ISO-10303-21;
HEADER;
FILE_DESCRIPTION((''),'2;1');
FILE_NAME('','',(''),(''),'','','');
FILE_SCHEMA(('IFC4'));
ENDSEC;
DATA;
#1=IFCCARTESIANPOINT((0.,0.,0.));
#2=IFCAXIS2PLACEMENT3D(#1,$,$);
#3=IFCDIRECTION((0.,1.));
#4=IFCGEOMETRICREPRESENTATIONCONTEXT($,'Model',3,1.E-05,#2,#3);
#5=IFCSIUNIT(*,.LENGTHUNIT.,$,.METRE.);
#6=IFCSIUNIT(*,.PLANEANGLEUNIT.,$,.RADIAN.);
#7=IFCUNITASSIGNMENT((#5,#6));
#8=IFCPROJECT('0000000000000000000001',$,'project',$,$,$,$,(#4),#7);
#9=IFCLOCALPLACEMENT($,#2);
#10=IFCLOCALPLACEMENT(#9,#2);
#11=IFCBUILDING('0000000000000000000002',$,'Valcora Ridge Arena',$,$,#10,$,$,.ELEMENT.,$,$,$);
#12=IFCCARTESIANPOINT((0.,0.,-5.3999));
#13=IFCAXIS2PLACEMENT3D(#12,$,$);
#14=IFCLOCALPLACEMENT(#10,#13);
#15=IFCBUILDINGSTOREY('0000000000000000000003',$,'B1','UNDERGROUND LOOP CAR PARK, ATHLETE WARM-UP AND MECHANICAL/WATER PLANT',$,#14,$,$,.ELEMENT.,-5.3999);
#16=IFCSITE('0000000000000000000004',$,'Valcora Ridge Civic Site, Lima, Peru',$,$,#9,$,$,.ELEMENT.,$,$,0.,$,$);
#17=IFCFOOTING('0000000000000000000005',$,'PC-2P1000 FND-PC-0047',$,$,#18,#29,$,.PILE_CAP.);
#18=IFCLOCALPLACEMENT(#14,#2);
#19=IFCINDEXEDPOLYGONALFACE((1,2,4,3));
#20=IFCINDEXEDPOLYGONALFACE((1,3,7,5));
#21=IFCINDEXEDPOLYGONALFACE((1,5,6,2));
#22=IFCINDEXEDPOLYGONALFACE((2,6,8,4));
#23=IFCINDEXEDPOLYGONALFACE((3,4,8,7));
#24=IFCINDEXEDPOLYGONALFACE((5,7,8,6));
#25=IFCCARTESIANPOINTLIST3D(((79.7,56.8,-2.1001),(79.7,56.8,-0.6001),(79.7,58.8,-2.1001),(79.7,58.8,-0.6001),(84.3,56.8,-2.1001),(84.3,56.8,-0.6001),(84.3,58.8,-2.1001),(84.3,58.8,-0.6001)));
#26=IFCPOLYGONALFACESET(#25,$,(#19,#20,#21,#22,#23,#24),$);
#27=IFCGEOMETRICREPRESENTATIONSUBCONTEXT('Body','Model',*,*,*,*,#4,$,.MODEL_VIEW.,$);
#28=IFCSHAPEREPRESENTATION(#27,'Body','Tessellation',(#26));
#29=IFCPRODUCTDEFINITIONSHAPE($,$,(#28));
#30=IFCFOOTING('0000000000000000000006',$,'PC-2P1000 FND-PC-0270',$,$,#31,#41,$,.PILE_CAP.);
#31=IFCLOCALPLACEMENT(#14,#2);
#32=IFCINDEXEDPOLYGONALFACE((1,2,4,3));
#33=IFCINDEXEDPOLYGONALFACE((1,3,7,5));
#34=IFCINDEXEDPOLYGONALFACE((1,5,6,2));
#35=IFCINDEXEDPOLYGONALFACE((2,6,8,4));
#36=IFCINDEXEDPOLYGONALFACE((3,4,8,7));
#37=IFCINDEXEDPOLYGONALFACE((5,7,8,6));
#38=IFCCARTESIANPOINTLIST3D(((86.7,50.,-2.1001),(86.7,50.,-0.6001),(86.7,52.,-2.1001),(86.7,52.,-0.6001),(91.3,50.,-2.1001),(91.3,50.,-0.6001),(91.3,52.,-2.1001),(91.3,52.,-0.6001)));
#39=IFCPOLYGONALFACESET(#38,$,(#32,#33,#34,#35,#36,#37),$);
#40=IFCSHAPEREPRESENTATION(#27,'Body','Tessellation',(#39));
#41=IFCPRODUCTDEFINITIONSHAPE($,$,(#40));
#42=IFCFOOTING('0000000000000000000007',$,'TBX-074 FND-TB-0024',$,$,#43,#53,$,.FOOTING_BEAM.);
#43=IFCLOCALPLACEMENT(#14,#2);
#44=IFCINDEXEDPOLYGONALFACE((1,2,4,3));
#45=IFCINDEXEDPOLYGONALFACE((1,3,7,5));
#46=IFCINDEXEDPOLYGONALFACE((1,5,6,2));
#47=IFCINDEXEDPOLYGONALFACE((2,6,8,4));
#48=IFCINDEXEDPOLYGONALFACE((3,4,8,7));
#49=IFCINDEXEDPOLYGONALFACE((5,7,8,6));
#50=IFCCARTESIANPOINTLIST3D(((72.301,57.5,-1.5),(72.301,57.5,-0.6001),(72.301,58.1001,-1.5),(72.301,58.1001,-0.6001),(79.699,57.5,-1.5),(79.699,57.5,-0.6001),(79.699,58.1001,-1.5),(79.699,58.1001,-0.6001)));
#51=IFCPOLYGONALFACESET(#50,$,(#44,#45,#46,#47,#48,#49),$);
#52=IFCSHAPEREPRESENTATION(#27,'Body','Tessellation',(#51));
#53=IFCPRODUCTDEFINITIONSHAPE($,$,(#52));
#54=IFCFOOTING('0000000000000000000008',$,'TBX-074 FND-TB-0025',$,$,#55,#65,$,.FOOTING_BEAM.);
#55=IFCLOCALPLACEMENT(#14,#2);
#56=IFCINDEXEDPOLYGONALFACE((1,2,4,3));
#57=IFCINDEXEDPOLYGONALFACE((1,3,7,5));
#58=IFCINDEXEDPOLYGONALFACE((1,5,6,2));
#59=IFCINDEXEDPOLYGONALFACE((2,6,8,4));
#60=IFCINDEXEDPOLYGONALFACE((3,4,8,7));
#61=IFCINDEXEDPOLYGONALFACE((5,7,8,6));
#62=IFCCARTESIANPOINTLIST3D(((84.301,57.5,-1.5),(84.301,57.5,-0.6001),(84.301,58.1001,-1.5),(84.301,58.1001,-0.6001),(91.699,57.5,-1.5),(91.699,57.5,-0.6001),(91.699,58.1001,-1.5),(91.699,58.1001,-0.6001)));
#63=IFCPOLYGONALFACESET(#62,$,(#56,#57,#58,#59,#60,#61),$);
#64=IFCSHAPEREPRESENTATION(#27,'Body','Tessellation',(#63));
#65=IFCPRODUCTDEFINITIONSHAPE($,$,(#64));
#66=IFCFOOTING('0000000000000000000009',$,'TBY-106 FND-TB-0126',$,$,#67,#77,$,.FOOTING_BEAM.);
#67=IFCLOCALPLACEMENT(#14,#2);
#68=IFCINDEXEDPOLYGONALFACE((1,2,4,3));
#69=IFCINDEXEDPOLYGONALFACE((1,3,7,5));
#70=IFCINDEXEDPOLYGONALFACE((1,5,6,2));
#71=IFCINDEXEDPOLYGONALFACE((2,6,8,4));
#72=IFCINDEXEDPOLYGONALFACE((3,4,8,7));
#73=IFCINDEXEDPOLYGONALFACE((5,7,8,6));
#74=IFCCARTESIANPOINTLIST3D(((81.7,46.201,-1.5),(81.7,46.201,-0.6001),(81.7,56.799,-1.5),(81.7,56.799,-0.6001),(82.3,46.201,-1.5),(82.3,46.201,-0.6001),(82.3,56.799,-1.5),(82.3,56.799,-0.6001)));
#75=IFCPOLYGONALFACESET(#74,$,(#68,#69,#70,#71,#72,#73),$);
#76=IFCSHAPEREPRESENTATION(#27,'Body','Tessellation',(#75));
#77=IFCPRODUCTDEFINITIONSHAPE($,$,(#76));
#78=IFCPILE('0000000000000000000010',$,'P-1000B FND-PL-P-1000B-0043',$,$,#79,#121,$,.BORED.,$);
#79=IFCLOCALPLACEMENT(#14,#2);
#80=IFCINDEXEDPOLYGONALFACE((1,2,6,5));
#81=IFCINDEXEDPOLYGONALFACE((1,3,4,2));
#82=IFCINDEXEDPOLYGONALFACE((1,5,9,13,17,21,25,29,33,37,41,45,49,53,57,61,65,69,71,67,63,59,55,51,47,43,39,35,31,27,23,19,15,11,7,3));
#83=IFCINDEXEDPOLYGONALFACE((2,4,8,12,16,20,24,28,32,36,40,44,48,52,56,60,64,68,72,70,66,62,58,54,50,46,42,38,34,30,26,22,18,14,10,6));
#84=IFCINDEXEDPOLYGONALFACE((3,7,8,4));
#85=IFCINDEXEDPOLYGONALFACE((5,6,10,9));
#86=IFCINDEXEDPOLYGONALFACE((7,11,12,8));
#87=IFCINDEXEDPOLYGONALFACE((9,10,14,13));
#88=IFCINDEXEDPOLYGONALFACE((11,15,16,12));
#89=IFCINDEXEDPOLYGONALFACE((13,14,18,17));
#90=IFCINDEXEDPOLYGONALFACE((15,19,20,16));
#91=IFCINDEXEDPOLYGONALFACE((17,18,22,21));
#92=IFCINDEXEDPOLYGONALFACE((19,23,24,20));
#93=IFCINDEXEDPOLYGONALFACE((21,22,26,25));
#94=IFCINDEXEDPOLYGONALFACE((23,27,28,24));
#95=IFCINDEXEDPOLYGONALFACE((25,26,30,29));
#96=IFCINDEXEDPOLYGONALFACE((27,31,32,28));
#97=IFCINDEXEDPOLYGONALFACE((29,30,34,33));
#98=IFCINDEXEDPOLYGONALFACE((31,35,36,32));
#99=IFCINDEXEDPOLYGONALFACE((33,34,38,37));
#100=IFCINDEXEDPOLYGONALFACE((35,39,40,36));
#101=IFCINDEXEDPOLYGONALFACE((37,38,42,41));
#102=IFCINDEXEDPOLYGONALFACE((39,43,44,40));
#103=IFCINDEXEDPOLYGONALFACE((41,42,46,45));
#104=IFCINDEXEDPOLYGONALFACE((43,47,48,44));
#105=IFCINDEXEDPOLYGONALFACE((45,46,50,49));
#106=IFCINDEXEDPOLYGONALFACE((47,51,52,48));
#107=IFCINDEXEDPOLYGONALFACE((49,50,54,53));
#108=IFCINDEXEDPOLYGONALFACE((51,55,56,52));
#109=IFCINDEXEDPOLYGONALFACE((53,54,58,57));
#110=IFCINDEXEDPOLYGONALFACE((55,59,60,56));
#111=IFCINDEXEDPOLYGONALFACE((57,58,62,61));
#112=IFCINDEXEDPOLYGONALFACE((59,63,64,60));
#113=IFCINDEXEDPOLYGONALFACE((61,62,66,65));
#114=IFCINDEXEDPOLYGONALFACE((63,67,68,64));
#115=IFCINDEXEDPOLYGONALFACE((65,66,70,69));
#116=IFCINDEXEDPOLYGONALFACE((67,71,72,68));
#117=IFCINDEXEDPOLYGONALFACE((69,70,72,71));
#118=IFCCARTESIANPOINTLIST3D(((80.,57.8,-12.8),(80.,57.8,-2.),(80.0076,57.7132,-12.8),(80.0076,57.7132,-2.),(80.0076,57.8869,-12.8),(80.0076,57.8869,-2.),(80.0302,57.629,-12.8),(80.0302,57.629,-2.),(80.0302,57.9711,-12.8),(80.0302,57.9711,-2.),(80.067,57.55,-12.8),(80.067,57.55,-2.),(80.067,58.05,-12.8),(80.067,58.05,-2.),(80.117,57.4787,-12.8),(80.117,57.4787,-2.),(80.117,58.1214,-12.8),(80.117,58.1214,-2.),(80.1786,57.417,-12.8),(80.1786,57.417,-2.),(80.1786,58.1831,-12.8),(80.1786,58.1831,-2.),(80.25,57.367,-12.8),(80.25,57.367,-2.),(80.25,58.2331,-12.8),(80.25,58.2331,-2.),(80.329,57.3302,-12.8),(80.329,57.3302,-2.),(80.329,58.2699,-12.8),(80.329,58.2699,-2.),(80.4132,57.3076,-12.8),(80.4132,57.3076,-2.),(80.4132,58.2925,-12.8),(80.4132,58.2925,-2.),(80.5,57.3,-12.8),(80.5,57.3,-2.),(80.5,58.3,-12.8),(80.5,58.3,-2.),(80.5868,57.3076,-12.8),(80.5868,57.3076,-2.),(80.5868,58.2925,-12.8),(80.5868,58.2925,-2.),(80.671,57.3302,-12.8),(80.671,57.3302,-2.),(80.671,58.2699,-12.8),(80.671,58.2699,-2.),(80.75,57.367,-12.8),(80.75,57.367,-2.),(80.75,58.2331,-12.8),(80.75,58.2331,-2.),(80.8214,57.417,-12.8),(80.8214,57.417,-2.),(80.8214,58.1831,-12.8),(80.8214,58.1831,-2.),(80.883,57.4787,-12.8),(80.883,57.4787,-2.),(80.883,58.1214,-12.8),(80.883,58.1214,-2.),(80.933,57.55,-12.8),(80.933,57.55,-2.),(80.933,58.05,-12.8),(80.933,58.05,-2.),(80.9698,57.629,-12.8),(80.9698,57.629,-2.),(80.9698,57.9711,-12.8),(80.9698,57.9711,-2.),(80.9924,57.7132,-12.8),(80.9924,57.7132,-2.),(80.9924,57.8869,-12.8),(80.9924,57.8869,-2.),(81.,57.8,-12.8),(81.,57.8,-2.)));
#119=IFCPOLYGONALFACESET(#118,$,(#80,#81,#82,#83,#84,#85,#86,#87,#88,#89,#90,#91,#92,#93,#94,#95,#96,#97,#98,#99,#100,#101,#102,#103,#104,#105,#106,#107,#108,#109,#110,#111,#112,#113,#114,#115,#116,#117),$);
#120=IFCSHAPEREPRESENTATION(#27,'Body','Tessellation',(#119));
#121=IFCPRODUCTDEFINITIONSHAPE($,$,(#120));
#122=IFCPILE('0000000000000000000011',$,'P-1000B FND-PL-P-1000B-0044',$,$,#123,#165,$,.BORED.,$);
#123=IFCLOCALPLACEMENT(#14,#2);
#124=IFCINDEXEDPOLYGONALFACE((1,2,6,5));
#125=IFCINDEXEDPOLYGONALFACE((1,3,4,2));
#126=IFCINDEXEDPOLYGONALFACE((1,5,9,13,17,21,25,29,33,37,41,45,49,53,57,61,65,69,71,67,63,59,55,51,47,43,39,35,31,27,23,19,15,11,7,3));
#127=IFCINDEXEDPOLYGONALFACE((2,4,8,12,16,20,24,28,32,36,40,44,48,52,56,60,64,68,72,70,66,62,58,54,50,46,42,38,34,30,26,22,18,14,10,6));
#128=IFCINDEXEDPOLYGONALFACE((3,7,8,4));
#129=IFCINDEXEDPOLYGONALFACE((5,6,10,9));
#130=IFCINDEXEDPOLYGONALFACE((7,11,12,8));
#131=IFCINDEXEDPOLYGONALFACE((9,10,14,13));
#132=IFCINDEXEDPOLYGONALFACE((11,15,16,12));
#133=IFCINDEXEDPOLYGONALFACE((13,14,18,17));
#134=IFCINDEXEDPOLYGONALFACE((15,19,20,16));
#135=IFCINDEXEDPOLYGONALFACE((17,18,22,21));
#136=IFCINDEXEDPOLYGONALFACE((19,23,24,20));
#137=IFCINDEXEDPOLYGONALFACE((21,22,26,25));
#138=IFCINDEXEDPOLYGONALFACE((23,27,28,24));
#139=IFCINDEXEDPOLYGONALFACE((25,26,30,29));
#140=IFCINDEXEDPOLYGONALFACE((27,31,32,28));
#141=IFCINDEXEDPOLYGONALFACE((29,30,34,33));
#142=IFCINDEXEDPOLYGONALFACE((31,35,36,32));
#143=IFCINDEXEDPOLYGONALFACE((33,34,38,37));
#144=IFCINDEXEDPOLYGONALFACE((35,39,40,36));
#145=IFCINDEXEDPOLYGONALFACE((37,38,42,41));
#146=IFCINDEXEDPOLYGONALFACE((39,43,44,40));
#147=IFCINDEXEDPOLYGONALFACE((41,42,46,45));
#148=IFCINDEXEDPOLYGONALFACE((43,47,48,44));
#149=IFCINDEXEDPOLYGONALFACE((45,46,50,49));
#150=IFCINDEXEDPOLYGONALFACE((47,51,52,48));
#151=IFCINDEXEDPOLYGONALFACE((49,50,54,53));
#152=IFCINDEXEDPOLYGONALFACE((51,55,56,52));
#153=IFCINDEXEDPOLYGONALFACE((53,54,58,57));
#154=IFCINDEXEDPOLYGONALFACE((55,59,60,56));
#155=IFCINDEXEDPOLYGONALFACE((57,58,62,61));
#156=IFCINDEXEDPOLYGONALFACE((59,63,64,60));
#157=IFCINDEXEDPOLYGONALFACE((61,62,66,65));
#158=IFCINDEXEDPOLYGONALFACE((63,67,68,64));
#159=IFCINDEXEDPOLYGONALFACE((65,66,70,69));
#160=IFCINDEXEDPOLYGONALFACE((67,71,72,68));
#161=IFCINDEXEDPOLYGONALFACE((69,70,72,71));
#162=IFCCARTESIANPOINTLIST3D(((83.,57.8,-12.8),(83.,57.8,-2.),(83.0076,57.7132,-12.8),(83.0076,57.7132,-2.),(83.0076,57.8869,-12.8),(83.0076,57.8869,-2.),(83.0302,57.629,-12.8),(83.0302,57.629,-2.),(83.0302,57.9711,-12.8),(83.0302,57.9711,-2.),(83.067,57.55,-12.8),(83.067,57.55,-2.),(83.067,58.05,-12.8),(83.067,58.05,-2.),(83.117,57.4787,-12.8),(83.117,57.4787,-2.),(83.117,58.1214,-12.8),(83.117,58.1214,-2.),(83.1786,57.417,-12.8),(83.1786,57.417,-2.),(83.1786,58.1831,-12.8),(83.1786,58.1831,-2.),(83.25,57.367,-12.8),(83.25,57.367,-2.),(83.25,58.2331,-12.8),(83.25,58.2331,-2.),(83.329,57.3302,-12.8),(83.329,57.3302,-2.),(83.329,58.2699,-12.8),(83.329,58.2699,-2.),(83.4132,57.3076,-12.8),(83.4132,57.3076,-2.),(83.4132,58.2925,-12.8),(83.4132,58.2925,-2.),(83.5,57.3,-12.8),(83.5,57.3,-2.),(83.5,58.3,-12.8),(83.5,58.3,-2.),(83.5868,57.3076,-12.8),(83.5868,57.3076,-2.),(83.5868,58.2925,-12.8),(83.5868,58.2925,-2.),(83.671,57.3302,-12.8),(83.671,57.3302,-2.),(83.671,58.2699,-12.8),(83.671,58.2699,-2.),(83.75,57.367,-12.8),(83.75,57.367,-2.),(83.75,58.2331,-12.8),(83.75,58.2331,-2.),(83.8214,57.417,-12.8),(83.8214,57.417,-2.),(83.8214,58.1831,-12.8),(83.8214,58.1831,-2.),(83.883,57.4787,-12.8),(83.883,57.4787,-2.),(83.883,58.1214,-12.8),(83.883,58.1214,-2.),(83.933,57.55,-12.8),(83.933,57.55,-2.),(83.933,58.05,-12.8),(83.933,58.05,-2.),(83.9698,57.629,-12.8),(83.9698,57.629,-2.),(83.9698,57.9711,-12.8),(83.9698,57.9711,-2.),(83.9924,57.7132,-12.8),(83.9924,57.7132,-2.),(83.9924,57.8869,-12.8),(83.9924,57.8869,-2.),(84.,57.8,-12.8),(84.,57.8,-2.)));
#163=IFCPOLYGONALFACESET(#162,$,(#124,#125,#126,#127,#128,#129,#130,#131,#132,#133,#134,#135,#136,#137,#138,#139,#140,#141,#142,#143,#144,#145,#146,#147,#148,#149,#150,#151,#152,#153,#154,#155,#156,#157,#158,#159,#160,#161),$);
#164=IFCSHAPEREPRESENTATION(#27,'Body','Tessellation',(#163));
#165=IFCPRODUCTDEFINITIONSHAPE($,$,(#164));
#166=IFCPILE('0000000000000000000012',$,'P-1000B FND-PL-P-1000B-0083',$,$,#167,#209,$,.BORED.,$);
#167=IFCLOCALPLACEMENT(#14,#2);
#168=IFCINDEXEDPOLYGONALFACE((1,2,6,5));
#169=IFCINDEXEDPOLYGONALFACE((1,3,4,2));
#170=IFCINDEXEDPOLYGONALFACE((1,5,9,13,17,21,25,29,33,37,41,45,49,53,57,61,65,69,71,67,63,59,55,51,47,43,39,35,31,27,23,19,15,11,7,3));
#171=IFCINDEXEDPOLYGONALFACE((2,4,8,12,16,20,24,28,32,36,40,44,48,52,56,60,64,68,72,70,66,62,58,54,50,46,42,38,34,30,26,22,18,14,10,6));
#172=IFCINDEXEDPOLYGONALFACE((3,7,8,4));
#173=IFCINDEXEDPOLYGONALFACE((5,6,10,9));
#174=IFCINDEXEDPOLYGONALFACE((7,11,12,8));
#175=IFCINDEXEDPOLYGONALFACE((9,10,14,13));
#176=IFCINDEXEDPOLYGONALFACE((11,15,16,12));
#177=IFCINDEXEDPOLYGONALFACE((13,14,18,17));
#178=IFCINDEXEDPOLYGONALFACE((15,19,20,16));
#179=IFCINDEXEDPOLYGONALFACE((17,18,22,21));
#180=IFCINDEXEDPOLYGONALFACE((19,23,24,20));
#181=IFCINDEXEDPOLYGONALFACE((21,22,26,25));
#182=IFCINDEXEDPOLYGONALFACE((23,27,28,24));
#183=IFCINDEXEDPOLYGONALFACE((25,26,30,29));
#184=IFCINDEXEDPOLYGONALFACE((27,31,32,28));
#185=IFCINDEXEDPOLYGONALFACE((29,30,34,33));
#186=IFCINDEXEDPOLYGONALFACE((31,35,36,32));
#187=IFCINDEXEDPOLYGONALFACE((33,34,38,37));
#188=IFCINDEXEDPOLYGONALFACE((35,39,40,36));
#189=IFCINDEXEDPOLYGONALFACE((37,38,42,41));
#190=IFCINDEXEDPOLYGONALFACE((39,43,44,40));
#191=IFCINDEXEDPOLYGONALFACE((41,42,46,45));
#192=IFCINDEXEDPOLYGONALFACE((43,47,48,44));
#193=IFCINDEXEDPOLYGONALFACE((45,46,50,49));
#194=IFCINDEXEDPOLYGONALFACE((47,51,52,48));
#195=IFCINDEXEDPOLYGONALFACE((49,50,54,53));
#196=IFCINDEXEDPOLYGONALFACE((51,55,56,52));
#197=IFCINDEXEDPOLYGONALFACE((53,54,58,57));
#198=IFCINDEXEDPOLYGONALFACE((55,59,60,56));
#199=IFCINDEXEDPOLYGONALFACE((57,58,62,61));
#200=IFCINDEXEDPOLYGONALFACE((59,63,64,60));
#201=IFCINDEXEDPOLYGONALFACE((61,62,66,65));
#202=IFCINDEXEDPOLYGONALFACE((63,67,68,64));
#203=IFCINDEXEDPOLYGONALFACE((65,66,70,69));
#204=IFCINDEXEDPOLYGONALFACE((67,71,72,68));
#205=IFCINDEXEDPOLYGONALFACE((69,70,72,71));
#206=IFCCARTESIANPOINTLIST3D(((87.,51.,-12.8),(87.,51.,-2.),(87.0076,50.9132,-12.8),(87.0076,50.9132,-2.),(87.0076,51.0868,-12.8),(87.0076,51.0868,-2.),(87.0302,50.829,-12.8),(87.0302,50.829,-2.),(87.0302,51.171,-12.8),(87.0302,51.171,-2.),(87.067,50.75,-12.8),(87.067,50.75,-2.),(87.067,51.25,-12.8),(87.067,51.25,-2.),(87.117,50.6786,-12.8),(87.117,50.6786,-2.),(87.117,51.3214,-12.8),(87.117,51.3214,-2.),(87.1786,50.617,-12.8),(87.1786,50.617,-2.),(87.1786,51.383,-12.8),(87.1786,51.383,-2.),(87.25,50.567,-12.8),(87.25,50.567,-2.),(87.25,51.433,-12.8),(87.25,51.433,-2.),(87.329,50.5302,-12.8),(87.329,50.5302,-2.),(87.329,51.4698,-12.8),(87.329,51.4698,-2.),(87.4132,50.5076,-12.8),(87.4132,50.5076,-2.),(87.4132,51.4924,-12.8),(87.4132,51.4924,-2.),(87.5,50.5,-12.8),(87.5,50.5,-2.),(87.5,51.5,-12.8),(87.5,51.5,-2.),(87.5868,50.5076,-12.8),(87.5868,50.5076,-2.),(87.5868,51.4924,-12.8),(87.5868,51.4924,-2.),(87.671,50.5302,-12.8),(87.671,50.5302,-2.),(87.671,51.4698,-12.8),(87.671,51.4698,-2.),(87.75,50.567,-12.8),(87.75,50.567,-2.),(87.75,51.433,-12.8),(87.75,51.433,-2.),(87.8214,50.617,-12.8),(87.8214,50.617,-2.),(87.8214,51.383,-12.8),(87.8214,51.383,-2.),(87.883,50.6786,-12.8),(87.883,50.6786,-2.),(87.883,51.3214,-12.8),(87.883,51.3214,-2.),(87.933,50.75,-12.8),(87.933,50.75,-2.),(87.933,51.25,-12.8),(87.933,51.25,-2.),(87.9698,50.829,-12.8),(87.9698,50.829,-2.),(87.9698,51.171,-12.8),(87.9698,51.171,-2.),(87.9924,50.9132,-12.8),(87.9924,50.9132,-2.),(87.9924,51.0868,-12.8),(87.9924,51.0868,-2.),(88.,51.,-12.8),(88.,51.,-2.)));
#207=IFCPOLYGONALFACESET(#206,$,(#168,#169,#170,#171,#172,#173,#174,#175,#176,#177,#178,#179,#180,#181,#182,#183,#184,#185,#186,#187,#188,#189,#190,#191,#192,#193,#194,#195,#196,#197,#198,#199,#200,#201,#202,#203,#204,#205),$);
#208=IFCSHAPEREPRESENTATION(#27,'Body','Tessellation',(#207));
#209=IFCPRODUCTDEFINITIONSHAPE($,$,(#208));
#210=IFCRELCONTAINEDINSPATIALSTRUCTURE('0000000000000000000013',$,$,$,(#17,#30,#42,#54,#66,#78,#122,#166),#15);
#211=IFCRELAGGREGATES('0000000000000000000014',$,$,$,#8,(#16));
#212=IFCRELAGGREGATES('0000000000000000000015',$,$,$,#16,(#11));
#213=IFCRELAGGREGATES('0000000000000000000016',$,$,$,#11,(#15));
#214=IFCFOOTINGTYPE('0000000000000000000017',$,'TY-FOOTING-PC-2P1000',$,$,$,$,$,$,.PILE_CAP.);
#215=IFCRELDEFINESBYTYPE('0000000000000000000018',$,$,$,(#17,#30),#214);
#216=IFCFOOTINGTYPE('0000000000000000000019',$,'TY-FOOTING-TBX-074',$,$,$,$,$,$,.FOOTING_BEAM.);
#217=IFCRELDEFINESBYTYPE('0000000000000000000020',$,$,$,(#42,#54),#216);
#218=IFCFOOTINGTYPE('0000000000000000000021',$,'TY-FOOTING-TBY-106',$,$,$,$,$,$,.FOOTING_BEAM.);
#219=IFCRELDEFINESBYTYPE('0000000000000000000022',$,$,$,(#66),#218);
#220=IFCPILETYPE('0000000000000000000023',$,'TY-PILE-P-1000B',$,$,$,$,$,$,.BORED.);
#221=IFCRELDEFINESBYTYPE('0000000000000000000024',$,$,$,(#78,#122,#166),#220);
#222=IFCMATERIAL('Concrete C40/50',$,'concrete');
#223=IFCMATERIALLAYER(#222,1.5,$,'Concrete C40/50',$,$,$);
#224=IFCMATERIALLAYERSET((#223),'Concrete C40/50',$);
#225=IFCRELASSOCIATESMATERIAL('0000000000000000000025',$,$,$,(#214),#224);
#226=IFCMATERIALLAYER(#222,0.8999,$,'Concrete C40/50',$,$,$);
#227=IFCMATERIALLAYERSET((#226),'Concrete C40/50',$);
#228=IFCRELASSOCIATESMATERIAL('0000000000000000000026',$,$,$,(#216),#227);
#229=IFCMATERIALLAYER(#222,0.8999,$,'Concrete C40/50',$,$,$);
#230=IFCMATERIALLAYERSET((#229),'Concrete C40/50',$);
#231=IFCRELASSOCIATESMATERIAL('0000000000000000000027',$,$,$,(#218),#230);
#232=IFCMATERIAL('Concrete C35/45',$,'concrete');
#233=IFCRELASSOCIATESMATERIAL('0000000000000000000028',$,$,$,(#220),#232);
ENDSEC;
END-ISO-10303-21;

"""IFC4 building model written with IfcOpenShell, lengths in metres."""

from ifc_helpers import new_model, si_unit, direction, frame, origin, origin_2d, place, context, subcontext, project, spatial, rectangle, circle, extrude, material, layer, layer_set, material_profile, profile_set, type_object, element, save


model = new_model("IFC4")

# Units and contexts
model_context = context("Model", 3, precision=1e-05, world=origin(), true_north=direction((0.0, 1.0)))
body_context = subcontext(model_context, "Body", "Model", "MODEL_VIEW")
ifc_project = project(units=[si_unit("LENGTHUNIT", "METRE"), si_unit("PLANEANGLEUNIT", "RADIAN")], contexts=[model_context])

# Site, building, storey
site_placement = place(None, origin())
site = spatial("IfcSite", under=ifc_project, at=site_placement, Name="Valcora Ridge Civic Site, Lima, Peru", CompositionType="ELEMENT", RefElevation=0.0)
building_placement = place(site_placement, origin())
building = spatial("IfcBuilding", under=site, at=building_placement, Name="Valcora Ridge Arena", CompositionType="ELEMENT")
storey_placement = place(building_placement, frame((0.0, 0.0, -5.3999)))
storey = spatial("IfcBuildingStorey", under=building, at=storey_placement, Name="B1", Description="UNDERGROUND LOOP CAR PARK, ATHLETE WARM-UP AND MECHANICAL/WATER PLANT", CompositionType="ELEMENT", Elevation=-5.3999)

# Footings
ifc_material_1 = material(Name="Concrete C40/50", Category="concrete")
ifc_layer_1 = layer(ifc_material_1, 1.5, Name="Concrete C40/50")
ifc_layer_set_1 = layer_set([ifc_layer_1], Name="Concrete C40/50")
footing_type_1 = type_object("IfcFootingType", Name="TY-FOOTING-PC-2P1000", PredefinedType="PILE_CAP", material=ifc_layer_set_1)
for number, where, z_axis, x_axis, name in (
    (1, (82.0, 57.8, -2.1001), (0.0, 0.0, 1.0), (1.0, 0.0, 0.0), "PC-2P1000 FND-PC-0047"),
    (2, (89.0, 51.0, -2.1001), (0.0, 0.0, 1.0), (1.0, 0.0, 0.0), "PC-2P1000 FND-PC-0270"),
):
    element("IfcFooting", number, at=place(storey_placement, frame(where, z_axis=z_axis, x_axis=x_axis)), inside=storey, type_object=footing_type_1, Name=name, PredefinedType="PILE_CAP", context=body_context, shape_type="SweptSolid", body=[
        extrude(rectangle(XDim=4.6001, YDim=2.0, at=origin_2d()), origin(), (0.0, 0.0, 1.0), 1.5),
    ])
ifc_layer_2 = layer(ifc_material_1, 0.8999, Name="Concrete C40/50")
ifc_layer_set_2 = layer_set([ifc_layer_2], Name="Concrete C40/50")
footing_type_2 = type_object("IfcFootingType", Name="TY-FOOTING-TBX-074", PredefinedType="FOOTING_BEAM", material=ifc_layer_set_2)
for number, where, z_axis, x_axis, name in (
    (3, (76.0, 57.8, -1.5), (0.0, 0.0, 1.0), (1.0, 0.0, 0.0), "TBX-074 FND-TB-0024"),
    (4, (88.0, 57.8, -1.5), (0.0, 0.0, 1.0), (1.0, 0.0, 0.0), "TBX-074 FND-TB-0025"),
):
    element("IfcFooting", number, at=place(storey_placement, frame(where, z_axis=z_axis, x_axis=x_axis)), inside=storey, type_object=footing_type_2, Name=name, PredefinedType="FOOTING_BEAM", context=body_context, shape_type="SweptSolid", body=[
        extrude(rectangle(XDim=7.3979, YDim=0.6001, at=origin_2d()), origin(), (0.0, 0.0, 1.0), 0.8999),
    ])
ifc_layer_3 = layer(ifc_material_1, 0.8999, Name="Concrete C40/50")
ifc_layer_set_3 = layer_set([ifc_layer_3], Name="Concrete C40/50")
footing_type_3 = type_object("IfcFootingType", Name="TY-FOOTING-TBY-106", PredefinedType="FOOTING_BEAM", material=ifc_layer_set_3)
footing_placement = place(storey_placement, frame((82.0, 51.5, -1.5), z_axis=(0.0, 0.0, 1.0), x_axis=(1.0, 0.0, 0.0)))
element("IfcFooting", 5, at=footing_placement, inside=storey, type_object=footing_type_3, Name="TBY-106 FND-TB-0126", PredefinedType="FOOTING_BEAM", context=body_context, shape_type="SweptSolid", body=[
    extrude(rectangle(XDim=0.6001, YDim=10.5979, at=origin_2d()), origin(), (0.0, 0.0, 1.0), 0.8999),
])

# Piles
ifc_material_2 = material(Name="Concrete C35/45", Category="concrete")
ifc_material_profile_1 = material_profile(ifc_material_2, circle(Radius=0.5, at=origin_2d()), Name="BORED PILE D1000")
ifc_profile_set_1 = profile_set([ifc_material_profile_1], Name="Concrete C35/45")
pile_type = type_object("IfcPileType", Name="TY-PILE-P-1000B", PredefinedType="BORED", material=ifc_profile_set_1)
for number, where, z_axis, x_axis, name in (
    (6, (80.5, 57.8, -2.0), (0.0, 0.0, -1.0), (1.0, 0.0, 0.0), "P-1000B FND-PL-P-1000B-0043"),
    (7, (83.5, 57.8, -2.0), (0.0, 0.0, -1.0), (1.0, 0.0, 0.0), "P-1000B FND-PL-P-1000B-0044"),
    (8, (87.5, 51.0, -2.0), (0.0, 0.0, -1.0), (1.0, 0.0, 0.0), "P-1000B FND-PL-P-1000B-0083"),
):
    element("IfcPile", number, at=place(storey_placement, frame(where, z_axis=z_axis, x_axis=x_axis)), inside=storey, type_object=pile_type, Name=name, PredefinedType="BORED", context=body_context, shape_type="SweptSolid", body=[
        extrude(circle(Radius=0.5, at=origin_2d()), origin(), (0.0, 0.0, 1.0), 10.8),
    ])

save(model, "model.ifc")
